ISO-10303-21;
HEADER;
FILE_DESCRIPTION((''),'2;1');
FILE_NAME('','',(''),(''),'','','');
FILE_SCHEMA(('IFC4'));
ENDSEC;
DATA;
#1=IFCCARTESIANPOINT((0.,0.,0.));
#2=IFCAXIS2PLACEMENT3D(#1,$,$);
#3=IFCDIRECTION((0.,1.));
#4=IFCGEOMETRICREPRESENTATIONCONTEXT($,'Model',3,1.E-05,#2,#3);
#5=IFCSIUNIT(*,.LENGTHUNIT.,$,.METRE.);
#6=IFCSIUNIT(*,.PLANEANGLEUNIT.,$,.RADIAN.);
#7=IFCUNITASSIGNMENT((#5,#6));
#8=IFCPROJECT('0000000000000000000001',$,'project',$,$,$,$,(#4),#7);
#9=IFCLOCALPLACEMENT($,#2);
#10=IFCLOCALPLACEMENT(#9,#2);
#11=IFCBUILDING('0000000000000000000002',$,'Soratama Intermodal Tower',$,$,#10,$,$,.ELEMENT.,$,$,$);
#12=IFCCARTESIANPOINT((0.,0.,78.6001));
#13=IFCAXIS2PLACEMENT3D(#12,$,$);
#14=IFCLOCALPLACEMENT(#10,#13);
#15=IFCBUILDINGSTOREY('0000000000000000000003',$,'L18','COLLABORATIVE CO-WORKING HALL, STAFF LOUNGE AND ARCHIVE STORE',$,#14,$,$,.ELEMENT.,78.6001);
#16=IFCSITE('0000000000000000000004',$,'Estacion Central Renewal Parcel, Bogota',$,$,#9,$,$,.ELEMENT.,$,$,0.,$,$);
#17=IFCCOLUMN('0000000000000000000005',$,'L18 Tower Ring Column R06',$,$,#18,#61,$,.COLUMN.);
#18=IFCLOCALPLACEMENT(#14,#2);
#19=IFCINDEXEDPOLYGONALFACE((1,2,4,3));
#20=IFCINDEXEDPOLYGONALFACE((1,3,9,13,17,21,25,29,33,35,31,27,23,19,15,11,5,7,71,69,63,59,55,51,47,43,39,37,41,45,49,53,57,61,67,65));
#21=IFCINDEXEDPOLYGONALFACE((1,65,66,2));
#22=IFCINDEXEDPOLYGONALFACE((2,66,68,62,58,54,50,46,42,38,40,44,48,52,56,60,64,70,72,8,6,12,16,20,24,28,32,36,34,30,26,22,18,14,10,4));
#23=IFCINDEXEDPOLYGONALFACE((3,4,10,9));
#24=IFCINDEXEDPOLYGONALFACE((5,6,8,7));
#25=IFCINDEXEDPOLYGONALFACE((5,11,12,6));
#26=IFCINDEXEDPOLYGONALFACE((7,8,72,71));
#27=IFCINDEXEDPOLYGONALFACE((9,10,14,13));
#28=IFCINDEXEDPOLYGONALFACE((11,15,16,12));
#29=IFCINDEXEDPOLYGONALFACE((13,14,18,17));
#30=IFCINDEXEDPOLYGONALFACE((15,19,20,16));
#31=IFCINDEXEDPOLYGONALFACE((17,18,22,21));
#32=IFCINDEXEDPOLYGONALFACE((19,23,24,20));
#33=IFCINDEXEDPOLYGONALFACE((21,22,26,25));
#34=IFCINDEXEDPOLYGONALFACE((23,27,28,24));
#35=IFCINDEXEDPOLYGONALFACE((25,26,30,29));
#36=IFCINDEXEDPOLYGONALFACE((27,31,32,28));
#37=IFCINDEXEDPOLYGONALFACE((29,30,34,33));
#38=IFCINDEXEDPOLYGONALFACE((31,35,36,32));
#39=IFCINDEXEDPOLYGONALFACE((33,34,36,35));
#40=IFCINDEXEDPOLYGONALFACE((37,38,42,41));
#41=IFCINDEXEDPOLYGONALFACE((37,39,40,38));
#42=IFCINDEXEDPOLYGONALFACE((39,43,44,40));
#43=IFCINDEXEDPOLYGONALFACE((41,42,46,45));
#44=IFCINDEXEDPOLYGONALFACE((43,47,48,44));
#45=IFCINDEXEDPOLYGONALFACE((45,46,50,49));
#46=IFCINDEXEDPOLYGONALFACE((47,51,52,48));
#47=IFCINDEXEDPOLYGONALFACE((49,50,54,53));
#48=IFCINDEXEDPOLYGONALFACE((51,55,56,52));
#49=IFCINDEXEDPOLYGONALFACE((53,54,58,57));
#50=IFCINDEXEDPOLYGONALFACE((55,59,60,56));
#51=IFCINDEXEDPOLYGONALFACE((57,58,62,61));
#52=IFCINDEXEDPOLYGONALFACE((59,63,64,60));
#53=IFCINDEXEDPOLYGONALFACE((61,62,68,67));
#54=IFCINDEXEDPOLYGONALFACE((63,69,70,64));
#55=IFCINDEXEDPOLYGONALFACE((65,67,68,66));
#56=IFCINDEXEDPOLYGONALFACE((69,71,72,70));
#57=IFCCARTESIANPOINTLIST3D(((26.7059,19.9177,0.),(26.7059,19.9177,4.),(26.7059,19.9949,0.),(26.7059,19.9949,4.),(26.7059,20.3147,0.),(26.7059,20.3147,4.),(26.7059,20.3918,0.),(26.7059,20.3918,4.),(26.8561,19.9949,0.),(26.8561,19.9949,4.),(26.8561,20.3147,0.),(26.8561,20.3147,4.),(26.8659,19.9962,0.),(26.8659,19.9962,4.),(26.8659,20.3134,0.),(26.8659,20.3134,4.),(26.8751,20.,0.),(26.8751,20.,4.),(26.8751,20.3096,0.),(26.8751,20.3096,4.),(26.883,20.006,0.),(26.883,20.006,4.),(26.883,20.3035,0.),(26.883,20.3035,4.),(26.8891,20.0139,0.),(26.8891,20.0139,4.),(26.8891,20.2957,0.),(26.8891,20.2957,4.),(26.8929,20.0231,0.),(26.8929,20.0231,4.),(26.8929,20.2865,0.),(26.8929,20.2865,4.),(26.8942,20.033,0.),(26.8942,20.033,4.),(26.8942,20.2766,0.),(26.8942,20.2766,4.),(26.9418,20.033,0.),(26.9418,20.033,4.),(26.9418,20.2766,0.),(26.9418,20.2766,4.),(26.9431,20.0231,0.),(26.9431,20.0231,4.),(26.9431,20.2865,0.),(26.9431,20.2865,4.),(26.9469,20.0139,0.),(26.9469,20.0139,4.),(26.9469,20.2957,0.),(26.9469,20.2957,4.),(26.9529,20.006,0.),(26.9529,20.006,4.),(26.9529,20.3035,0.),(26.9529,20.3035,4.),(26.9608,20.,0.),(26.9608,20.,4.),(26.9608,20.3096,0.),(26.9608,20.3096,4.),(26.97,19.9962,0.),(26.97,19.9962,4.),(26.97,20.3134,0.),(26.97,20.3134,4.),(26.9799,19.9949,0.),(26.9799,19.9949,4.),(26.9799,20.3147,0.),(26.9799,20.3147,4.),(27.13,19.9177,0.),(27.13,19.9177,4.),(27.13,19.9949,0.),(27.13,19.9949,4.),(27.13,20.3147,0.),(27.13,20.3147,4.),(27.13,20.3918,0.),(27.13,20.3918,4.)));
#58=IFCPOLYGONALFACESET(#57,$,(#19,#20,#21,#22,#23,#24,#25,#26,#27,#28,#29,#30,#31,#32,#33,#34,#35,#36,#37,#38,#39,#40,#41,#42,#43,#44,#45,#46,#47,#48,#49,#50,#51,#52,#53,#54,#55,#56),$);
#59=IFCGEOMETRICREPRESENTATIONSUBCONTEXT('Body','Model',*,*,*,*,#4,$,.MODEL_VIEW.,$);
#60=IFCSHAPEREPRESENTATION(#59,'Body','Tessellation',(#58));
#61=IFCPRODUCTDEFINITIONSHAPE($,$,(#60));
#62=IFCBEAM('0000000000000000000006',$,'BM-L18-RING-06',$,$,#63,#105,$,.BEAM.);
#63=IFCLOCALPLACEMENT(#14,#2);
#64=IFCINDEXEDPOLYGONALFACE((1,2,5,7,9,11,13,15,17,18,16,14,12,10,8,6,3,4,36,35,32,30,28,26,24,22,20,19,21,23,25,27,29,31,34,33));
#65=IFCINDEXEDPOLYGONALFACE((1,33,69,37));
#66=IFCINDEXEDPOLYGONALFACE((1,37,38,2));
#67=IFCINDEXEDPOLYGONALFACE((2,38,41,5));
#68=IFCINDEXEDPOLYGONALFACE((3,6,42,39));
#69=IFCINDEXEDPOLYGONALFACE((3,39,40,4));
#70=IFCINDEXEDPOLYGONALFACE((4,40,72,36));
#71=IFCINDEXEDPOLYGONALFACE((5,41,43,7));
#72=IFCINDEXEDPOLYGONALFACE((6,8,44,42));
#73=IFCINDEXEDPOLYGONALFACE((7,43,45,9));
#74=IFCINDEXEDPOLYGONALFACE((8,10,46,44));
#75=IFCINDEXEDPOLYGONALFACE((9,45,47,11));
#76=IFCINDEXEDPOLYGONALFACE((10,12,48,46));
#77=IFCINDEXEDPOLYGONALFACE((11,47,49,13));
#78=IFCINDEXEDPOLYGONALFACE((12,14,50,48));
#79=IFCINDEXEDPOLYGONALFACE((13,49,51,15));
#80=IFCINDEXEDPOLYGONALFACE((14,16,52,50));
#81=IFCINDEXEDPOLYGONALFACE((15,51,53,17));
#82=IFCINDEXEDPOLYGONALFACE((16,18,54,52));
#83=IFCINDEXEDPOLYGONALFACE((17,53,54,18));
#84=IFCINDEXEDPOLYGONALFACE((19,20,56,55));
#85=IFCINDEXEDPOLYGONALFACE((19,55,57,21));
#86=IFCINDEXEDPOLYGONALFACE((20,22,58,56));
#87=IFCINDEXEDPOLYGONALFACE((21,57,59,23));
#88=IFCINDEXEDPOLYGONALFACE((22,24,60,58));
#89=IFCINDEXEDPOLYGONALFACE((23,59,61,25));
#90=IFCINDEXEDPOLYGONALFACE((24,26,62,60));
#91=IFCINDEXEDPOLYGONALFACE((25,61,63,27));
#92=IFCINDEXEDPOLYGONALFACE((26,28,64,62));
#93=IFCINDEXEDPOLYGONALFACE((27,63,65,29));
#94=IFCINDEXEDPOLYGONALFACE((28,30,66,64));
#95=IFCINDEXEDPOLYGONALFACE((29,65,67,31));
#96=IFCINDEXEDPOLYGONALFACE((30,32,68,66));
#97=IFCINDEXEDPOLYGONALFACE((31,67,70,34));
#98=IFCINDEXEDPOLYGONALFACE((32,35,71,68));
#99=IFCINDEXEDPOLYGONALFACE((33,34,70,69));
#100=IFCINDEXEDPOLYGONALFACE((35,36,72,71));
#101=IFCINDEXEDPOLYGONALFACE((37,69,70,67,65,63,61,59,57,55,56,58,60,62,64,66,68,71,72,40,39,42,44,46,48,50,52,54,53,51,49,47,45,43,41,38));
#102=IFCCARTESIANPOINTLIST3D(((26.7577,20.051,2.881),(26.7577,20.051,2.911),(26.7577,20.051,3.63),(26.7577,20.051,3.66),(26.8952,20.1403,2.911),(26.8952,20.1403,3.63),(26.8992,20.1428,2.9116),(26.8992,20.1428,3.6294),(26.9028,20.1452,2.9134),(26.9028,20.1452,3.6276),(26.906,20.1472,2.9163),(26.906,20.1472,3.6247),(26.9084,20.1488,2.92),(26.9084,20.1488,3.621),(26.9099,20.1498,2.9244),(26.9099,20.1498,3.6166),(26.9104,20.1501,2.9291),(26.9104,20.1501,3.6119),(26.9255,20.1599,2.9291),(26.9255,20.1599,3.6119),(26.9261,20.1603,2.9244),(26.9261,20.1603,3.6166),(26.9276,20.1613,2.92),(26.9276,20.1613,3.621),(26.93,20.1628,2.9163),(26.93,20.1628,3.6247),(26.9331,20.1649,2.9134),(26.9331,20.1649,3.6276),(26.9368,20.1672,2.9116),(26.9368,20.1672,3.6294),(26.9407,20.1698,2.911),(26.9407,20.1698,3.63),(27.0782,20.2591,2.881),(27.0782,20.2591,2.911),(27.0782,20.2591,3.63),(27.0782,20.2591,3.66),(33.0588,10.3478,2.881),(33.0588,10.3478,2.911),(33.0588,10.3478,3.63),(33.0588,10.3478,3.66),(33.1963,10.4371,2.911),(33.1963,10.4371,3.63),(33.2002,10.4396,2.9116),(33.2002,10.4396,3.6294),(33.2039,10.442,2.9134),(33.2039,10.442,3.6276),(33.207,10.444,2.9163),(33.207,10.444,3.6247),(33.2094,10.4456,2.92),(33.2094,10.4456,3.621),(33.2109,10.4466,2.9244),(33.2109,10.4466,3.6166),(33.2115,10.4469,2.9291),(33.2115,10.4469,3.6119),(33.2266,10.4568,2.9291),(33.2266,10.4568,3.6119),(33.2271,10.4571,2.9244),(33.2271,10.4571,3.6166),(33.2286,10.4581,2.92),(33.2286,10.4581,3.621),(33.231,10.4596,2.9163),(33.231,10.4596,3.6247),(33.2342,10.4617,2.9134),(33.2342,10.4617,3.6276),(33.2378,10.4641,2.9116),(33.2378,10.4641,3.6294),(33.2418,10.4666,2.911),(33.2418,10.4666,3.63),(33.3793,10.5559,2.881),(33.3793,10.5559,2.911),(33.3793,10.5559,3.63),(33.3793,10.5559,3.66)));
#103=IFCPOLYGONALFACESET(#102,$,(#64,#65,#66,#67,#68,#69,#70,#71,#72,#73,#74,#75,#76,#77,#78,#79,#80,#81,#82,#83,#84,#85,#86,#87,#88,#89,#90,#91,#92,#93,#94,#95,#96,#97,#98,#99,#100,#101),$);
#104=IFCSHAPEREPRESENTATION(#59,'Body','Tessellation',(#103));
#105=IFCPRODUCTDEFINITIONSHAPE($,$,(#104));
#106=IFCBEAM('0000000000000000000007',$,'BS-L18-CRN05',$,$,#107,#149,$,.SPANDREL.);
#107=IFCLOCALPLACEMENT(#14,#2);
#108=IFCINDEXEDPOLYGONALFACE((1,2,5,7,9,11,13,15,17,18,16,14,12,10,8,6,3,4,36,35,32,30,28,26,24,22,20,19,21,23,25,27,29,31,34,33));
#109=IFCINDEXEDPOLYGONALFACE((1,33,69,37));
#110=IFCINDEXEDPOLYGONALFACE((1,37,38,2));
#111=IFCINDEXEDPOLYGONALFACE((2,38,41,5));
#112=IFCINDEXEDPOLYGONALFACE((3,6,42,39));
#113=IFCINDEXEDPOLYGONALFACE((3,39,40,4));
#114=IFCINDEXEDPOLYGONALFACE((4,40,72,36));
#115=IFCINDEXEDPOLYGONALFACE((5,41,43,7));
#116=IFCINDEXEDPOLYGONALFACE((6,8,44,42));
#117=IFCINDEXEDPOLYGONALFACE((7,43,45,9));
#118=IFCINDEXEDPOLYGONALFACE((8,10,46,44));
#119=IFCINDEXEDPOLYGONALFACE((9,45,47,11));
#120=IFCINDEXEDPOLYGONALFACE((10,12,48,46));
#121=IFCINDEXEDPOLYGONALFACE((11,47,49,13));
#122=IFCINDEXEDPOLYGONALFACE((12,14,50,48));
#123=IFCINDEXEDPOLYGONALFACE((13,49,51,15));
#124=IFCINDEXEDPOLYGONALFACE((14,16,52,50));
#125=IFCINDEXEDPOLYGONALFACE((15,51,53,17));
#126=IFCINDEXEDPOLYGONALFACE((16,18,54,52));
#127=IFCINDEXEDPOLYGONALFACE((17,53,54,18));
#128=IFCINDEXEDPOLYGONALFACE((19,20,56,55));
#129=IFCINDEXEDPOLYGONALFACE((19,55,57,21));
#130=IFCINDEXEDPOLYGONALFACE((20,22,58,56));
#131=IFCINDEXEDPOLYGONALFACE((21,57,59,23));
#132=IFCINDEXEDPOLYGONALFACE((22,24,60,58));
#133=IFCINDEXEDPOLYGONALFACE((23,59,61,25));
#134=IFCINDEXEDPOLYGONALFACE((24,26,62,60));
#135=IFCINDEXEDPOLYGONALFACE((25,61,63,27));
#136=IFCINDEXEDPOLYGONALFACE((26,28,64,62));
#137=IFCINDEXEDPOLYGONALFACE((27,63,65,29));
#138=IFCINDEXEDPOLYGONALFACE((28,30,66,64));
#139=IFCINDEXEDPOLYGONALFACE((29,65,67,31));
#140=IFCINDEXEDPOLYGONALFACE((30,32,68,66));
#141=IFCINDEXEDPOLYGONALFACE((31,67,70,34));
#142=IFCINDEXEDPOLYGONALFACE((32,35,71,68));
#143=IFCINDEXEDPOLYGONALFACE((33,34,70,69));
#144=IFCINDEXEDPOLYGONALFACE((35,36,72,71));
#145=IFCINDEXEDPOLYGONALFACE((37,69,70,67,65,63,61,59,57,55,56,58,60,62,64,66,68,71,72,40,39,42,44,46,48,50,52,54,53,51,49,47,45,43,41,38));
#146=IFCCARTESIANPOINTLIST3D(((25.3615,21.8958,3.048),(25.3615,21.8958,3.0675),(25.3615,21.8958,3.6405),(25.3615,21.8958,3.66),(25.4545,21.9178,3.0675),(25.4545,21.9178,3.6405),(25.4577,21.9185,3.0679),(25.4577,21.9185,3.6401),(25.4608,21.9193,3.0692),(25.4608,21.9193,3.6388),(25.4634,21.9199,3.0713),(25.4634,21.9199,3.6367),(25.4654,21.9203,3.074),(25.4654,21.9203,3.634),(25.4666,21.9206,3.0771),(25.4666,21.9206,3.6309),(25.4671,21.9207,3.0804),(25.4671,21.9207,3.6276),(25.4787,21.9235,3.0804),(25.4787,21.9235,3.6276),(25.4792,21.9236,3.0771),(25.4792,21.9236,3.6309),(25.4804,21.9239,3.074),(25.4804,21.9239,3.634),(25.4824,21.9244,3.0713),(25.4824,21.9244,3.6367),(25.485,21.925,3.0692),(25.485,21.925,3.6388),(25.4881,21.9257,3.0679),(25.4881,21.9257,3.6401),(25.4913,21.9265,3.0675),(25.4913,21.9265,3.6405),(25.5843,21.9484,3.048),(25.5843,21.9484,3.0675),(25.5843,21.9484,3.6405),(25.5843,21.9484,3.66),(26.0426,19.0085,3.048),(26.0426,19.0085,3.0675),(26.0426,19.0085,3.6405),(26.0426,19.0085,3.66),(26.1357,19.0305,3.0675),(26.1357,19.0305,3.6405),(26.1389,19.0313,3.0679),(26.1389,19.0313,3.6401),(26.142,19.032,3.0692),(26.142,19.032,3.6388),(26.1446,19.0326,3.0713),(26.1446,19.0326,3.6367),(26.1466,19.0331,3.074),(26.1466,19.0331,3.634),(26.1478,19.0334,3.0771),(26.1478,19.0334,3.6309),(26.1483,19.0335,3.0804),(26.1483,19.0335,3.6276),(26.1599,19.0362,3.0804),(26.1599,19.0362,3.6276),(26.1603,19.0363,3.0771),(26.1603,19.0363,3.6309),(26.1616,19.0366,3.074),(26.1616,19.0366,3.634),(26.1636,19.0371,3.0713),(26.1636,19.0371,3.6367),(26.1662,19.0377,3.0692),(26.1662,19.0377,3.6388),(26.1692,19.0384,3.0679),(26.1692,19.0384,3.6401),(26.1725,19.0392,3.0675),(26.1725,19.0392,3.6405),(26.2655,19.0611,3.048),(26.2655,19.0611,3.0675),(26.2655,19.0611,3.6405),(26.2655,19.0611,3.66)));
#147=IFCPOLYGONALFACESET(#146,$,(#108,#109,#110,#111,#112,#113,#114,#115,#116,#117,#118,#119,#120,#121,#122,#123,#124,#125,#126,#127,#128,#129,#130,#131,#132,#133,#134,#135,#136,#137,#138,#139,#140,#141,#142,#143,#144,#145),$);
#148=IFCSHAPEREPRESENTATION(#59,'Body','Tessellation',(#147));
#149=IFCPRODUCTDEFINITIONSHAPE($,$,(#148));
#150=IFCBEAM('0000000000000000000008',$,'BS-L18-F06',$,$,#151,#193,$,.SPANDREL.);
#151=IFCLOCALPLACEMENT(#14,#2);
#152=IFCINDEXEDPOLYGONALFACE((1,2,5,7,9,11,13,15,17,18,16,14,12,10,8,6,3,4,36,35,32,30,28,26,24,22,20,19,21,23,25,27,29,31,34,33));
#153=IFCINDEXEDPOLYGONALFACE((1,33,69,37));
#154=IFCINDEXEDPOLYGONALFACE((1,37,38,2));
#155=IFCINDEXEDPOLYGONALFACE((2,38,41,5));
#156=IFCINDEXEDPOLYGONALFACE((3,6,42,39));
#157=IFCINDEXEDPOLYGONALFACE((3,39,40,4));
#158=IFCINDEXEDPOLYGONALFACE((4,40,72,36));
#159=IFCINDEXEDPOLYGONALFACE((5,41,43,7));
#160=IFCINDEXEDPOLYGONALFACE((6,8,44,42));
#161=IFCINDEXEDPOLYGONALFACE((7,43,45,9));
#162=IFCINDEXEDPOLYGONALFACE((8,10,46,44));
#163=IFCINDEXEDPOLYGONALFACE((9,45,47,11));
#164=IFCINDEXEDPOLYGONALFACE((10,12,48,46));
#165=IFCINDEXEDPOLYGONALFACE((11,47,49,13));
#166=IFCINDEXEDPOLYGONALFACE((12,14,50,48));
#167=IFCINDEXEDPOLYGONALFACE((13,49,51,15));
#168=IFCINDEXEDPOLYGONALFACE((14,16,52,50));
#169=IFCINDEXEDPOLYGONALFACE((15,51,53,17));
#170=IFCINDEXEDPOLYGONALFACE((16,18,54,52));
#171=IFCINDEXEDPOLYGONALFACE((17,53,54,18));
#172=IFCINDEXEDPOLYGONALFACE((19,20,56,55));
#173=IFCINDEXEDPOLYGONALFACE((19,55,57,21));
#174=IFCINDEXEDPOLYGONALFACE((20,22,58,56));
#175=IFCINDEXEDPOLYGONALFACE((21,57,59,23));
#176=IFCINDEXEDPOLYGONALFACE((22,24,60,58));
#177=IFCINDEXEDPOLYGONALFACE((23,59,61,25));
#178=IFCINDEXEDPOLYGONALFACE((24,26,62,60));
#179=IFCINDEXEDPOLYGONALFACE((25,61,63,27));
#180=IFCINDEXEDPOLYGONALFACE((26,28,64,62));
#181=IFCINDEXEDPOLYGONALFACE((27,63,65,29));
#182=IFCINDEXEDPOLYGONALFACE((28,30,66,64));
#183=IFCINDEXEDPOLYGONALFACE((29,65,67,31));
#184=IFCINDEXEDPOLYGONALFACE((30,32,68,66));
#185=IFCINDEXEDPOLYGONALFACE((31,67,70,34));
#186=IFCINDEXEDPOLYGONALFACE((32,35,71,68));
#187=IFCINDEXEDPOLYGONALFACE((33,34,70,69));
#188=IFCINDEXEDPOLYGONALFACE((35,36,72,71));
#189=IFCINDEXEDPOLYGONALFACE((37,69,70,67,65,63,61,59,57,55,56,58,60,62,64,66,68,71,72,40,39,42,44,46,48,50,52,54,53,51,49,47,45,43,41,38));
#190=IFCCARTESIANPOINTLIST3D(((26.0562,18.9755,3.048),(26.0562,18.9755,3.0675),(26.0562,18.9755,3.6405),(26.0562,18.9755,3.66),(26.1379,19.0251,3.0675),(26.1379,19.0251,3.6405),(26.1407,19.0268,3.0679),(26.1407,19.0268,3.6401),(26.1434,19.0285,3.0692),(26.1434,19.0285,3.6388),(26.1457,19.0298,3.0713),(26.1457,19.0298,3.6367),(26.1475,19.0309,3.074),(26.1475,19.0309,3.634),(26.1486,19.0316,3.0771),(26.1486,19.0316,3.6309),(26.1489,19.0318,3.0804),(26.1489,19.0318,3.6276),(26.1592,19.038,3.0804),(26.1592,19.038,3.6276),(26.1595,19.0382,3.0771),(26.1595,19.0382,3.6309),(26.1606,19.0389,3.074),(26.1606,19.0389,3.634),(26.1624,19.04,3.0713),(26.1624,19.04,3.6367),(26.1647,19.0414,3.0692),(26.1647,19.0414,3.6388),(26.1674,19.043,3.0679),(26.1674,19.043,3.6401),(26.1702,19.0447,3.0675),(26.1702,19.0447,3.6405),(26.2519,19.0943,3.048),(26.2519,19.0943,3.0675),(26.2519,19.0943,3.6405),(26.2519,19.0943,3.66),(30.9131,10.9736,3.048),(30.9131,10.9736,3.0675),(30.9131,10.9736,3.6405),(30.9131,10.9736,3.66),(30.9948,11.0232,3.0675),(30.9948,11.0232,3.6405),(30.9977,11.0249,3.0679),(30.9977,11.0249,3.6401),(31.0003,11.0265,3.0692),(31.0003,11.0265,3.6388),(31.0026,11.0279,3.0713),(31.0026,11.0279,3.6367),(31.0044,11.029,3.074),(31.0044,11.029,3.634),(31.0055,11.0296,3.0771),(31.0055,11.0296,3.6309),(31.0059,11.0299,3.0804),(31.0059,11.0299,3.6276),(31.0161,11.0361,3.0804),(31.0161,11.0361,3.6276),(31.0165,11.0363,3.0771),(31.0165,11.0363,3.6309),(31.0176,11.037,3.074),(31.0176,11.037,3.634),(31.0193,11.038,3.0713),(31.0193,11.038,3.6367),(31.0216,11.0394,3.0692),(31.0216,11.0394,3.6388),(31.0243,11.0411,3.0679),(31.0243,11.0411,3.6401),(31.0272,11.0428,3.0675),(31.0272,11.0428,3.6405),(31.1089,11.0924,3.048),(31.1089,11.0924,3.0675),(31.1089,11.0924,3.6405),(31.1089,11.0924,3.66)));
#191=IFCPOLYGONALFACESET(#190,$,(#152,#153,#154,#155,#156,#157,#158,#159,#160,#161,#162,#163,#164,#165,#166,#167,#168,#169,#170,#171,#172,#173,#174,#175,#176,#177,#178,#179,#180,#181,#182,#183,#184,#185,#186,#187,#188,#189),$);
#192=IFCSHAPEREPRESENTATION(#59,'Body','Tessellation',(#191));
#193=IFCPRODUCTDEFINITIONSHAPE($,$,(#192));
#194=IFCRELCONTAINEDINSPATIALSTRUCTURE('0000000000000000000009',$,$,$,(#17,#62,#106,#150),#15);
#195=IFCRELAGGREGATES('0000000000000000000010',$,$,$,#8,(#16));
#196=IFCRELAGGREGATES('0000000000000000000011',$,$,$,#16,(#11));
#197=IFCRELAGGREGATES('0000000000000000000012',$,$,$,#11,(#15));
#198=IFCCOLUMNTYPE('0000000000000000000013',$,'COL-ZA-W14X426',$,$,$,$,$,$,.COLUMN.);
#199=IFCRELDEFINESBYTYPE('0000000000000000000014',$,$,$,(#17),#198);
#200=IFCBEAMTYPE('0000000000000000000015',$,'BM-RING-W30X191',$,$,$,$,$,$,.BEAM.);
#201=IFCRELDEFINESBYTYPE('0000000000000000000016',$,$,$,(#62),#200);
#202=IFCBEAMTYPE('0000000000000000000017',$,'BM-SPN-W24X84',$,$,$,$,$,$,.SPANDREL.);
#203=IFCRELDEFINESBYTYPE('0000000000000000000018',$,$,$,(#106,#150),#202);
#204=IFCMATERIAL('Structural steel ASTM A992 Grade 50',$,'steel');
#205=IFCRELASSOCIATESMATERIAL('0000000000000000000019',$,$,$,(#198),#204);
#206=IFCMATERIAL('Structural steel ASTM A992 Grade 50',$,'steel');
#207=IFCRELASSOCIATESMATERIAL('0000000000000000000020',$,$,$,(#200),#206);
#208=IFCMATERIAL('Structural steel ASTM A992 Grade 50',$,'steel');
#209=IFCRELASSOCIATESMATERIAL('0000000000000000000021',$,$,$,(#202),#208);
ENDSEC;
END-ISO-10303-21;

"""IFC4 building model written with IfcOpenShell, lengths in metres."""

from ifc_helpers import new_model, si_unit, direction, frame, origin, origin_2d, place, context, subcontext, project, spatial, i_section, extrude, material, material_profile, profile_set, type_object, element, save


model = new_model("IFC4")

# Units and contexts
model_context = context("Model", 3, precision=1e-05, world=origin(), true_north=direction((0.0, 1.0)))
body_context = subcontext(model_context, "Body", "Model", "MODEL_VIEW")
ifc_project = project(units=[si_unit("LENGTHUNIT", "METRE"), si_unit("PLANEANGLEUNIT", "RADIAN")], contexts=[model_context])

# Site, building, storey
site_placement = place(None, origin())
site = spatial("IfcSite", under=ifc_project, at=site_placement, Name="Estacion Central Renewal Parcel, Bogota", CompositionType="ELEMENT", RefElevation=0.0)
building_placement = place(site_placement, origin())
building = spatial("IfcBuilding", under=site, at=building_placement, Name="Soratama Intermodal Tower", CompositionType="ELEMENT")
storey_placement = place(building_placement, frame((0.0, 0.0, 78.6001)))
storey = spatial("IfcBuildingStorey", under=building, at=storey_placement, Name="L18", Description="COLLABORATIVE CO-WORKING HALL, STAFF LOUNGE AND ARCHIVE STORE", CompositionType="ELEMENT", Elevation=78.6001)

# Column
ifc_material_1 = material(Name="Structural steel ASTM A992 Grade 50", Category="steel")
ifc_material_profile_1 = material_profile(ifc_material_1, i_section(OverallWidth=0.4241, OverallDepth=0.4741, WebThickness=0.0476, FlangeThickness=0.0771, FilletRadius=0.0381, at=origin_2d()), Name="W14X426")
ifc_profile_set_1 = profile_set([ifc_material_profile_1], Name="Structural steel ASTM A992 Grade 50")
column_type = type_object("IfcColumnType", Name="COL-ZA-W14X426", PredefinedType="COLUMN", material=ifc_profile_set_1)
column_placement = place(storey_placement, frame((26.918, 20.1548, 0.0), z_axis=(0.0, 0.0, 1.0), x_axis=(1.0, 0.0, 0.0)))
element("IfcColumn", 1, at=column_placement, inside=storey, type_object=column_type, Name="L18 Tower Ring Column R06", PredefinedType="COLUMN", context=body_context, shape_type="SweptSolid", body=[
    extrude(i_section(OverallWidth=0.4241, OverallDepth=0.4741, WebThickness=0.0476, FlangeThickness=0.0771, FilletRadius=0.0381, at=origin_2d()), origin(), (0.0, 0.0, 1.0), 4.0),
])

# Beams
ifc_material_2 = material(Name="Structural steel ASTM A992 Grade 50", Category="steel")
ifc_material_profile_2 = material_profile(ifc_material_2, i_section(OverallWidth=0.3821, OverallDepth=0.7791, WebThickness=0.0181, FlangeThickness=0.03, FilletRadius=0.0181, at=origin_2d()), Name="W30X191")
ifc_profile_set_2 = profile_set([ifc_material_profile_2], Name="Structural steel ASTM A992 Grade 50")
beam_type_1 = type_object("IfcBeamType", Name="BM-RING-W30X191", PredefinedType="BEAM", material=ifc_profile_set_2)
beam_1_placement = place(storey_placement, frame((26.918, 20.155, 3.2705), z_axis=(0.544623, -0.838681, 0.0), x_axis=(0.838681, 0.544623, 0.0)))
element("IfcBeam", 2, at=beam_1_placement, inside=storey, type_object=beam_type_1, Name="BM-L18-RING-06", PredefinedType="BEAM", context=body_context, shape_type="SweptSolid", body=[
    extrude(i_section(OverallWidth=0.3821, OverallDepth=0.7791, WebThickness=0.0181, FlangeThickness=0.03, FilletRadius=0.0181, at=origin_2d()), origin(), (0.0, 0.0, 1.0), 11.5696),
])
ifc_material_3 = material(Name="Structural steel ASTM A992 Grade 50", Category="steel")
ifc_material_profile_3 = material_profile(ifc_material_3, i_section(OverallWidth=0.229, OverallDepth=0.6121, WebThickness=0.012, FlangeThickness=0.0195, FilletRadius=0.0129, at=origin_2d()), Name="W24X84")
ifc_profile_set_3 = profile_set([ifc_material_profile_3], Name="Structural steel ASTM A992 Grade 50")
beam_type_2 = type_object("IfcBeamType", Name="BM-SPN-W24X84", PredefinedType="SPANDREL", material=ifc_profile_set_3)
beam_2_placement = place(storey_placement, frame((25.4729, 21.9221, 3.354), z_axis=(0.229617, -0.973281, 0.0), x_axis=(0.973281, 0.229617, 0.0)))
element("IfcBeam", 3, at=beam_2_placement, inside=storey, type_object=beam_type_2, Name="BS-L18-CRN05", PredefinedType="SPANDREL", context=body_context, shape_type="SweptSolid", body=[
    extrude(i_section(OverallWidth=0.229, OverallDepth=0.6121, WebThickness=0.012, FlangeThickness=0.0195, FilletRadius=0.0129, at=origin_2d()), origin(), (0.0, 0.0, 1.0), 2.9666),
])
beam_3_placement = place(storey_placement, frame((26.1541, 19.0349, 3.354), z_axis=(0.518869, -0.854854, 0.0), x_axis=(0.854854, 0.518869, 0.0)))
element("IfcBeam", 4, at=beam_3_placement, inside=storey, type_object=beam_type_2, Name="BS-L18-F06", PredefinedType="SPANDREL", context=body_context, shape_type="SweptSolid", body=[
    extrude(i_section(OverallWidth=0.229, OverallDepth=0.6121, WebThickness=0.012, FlangeThickness=0.0195, FilletRadius=0.0129, at=origin_2d()), origin(), (0.0, 0.0, 1.0), 9.3606),
])

save(model, "model.ifc")
